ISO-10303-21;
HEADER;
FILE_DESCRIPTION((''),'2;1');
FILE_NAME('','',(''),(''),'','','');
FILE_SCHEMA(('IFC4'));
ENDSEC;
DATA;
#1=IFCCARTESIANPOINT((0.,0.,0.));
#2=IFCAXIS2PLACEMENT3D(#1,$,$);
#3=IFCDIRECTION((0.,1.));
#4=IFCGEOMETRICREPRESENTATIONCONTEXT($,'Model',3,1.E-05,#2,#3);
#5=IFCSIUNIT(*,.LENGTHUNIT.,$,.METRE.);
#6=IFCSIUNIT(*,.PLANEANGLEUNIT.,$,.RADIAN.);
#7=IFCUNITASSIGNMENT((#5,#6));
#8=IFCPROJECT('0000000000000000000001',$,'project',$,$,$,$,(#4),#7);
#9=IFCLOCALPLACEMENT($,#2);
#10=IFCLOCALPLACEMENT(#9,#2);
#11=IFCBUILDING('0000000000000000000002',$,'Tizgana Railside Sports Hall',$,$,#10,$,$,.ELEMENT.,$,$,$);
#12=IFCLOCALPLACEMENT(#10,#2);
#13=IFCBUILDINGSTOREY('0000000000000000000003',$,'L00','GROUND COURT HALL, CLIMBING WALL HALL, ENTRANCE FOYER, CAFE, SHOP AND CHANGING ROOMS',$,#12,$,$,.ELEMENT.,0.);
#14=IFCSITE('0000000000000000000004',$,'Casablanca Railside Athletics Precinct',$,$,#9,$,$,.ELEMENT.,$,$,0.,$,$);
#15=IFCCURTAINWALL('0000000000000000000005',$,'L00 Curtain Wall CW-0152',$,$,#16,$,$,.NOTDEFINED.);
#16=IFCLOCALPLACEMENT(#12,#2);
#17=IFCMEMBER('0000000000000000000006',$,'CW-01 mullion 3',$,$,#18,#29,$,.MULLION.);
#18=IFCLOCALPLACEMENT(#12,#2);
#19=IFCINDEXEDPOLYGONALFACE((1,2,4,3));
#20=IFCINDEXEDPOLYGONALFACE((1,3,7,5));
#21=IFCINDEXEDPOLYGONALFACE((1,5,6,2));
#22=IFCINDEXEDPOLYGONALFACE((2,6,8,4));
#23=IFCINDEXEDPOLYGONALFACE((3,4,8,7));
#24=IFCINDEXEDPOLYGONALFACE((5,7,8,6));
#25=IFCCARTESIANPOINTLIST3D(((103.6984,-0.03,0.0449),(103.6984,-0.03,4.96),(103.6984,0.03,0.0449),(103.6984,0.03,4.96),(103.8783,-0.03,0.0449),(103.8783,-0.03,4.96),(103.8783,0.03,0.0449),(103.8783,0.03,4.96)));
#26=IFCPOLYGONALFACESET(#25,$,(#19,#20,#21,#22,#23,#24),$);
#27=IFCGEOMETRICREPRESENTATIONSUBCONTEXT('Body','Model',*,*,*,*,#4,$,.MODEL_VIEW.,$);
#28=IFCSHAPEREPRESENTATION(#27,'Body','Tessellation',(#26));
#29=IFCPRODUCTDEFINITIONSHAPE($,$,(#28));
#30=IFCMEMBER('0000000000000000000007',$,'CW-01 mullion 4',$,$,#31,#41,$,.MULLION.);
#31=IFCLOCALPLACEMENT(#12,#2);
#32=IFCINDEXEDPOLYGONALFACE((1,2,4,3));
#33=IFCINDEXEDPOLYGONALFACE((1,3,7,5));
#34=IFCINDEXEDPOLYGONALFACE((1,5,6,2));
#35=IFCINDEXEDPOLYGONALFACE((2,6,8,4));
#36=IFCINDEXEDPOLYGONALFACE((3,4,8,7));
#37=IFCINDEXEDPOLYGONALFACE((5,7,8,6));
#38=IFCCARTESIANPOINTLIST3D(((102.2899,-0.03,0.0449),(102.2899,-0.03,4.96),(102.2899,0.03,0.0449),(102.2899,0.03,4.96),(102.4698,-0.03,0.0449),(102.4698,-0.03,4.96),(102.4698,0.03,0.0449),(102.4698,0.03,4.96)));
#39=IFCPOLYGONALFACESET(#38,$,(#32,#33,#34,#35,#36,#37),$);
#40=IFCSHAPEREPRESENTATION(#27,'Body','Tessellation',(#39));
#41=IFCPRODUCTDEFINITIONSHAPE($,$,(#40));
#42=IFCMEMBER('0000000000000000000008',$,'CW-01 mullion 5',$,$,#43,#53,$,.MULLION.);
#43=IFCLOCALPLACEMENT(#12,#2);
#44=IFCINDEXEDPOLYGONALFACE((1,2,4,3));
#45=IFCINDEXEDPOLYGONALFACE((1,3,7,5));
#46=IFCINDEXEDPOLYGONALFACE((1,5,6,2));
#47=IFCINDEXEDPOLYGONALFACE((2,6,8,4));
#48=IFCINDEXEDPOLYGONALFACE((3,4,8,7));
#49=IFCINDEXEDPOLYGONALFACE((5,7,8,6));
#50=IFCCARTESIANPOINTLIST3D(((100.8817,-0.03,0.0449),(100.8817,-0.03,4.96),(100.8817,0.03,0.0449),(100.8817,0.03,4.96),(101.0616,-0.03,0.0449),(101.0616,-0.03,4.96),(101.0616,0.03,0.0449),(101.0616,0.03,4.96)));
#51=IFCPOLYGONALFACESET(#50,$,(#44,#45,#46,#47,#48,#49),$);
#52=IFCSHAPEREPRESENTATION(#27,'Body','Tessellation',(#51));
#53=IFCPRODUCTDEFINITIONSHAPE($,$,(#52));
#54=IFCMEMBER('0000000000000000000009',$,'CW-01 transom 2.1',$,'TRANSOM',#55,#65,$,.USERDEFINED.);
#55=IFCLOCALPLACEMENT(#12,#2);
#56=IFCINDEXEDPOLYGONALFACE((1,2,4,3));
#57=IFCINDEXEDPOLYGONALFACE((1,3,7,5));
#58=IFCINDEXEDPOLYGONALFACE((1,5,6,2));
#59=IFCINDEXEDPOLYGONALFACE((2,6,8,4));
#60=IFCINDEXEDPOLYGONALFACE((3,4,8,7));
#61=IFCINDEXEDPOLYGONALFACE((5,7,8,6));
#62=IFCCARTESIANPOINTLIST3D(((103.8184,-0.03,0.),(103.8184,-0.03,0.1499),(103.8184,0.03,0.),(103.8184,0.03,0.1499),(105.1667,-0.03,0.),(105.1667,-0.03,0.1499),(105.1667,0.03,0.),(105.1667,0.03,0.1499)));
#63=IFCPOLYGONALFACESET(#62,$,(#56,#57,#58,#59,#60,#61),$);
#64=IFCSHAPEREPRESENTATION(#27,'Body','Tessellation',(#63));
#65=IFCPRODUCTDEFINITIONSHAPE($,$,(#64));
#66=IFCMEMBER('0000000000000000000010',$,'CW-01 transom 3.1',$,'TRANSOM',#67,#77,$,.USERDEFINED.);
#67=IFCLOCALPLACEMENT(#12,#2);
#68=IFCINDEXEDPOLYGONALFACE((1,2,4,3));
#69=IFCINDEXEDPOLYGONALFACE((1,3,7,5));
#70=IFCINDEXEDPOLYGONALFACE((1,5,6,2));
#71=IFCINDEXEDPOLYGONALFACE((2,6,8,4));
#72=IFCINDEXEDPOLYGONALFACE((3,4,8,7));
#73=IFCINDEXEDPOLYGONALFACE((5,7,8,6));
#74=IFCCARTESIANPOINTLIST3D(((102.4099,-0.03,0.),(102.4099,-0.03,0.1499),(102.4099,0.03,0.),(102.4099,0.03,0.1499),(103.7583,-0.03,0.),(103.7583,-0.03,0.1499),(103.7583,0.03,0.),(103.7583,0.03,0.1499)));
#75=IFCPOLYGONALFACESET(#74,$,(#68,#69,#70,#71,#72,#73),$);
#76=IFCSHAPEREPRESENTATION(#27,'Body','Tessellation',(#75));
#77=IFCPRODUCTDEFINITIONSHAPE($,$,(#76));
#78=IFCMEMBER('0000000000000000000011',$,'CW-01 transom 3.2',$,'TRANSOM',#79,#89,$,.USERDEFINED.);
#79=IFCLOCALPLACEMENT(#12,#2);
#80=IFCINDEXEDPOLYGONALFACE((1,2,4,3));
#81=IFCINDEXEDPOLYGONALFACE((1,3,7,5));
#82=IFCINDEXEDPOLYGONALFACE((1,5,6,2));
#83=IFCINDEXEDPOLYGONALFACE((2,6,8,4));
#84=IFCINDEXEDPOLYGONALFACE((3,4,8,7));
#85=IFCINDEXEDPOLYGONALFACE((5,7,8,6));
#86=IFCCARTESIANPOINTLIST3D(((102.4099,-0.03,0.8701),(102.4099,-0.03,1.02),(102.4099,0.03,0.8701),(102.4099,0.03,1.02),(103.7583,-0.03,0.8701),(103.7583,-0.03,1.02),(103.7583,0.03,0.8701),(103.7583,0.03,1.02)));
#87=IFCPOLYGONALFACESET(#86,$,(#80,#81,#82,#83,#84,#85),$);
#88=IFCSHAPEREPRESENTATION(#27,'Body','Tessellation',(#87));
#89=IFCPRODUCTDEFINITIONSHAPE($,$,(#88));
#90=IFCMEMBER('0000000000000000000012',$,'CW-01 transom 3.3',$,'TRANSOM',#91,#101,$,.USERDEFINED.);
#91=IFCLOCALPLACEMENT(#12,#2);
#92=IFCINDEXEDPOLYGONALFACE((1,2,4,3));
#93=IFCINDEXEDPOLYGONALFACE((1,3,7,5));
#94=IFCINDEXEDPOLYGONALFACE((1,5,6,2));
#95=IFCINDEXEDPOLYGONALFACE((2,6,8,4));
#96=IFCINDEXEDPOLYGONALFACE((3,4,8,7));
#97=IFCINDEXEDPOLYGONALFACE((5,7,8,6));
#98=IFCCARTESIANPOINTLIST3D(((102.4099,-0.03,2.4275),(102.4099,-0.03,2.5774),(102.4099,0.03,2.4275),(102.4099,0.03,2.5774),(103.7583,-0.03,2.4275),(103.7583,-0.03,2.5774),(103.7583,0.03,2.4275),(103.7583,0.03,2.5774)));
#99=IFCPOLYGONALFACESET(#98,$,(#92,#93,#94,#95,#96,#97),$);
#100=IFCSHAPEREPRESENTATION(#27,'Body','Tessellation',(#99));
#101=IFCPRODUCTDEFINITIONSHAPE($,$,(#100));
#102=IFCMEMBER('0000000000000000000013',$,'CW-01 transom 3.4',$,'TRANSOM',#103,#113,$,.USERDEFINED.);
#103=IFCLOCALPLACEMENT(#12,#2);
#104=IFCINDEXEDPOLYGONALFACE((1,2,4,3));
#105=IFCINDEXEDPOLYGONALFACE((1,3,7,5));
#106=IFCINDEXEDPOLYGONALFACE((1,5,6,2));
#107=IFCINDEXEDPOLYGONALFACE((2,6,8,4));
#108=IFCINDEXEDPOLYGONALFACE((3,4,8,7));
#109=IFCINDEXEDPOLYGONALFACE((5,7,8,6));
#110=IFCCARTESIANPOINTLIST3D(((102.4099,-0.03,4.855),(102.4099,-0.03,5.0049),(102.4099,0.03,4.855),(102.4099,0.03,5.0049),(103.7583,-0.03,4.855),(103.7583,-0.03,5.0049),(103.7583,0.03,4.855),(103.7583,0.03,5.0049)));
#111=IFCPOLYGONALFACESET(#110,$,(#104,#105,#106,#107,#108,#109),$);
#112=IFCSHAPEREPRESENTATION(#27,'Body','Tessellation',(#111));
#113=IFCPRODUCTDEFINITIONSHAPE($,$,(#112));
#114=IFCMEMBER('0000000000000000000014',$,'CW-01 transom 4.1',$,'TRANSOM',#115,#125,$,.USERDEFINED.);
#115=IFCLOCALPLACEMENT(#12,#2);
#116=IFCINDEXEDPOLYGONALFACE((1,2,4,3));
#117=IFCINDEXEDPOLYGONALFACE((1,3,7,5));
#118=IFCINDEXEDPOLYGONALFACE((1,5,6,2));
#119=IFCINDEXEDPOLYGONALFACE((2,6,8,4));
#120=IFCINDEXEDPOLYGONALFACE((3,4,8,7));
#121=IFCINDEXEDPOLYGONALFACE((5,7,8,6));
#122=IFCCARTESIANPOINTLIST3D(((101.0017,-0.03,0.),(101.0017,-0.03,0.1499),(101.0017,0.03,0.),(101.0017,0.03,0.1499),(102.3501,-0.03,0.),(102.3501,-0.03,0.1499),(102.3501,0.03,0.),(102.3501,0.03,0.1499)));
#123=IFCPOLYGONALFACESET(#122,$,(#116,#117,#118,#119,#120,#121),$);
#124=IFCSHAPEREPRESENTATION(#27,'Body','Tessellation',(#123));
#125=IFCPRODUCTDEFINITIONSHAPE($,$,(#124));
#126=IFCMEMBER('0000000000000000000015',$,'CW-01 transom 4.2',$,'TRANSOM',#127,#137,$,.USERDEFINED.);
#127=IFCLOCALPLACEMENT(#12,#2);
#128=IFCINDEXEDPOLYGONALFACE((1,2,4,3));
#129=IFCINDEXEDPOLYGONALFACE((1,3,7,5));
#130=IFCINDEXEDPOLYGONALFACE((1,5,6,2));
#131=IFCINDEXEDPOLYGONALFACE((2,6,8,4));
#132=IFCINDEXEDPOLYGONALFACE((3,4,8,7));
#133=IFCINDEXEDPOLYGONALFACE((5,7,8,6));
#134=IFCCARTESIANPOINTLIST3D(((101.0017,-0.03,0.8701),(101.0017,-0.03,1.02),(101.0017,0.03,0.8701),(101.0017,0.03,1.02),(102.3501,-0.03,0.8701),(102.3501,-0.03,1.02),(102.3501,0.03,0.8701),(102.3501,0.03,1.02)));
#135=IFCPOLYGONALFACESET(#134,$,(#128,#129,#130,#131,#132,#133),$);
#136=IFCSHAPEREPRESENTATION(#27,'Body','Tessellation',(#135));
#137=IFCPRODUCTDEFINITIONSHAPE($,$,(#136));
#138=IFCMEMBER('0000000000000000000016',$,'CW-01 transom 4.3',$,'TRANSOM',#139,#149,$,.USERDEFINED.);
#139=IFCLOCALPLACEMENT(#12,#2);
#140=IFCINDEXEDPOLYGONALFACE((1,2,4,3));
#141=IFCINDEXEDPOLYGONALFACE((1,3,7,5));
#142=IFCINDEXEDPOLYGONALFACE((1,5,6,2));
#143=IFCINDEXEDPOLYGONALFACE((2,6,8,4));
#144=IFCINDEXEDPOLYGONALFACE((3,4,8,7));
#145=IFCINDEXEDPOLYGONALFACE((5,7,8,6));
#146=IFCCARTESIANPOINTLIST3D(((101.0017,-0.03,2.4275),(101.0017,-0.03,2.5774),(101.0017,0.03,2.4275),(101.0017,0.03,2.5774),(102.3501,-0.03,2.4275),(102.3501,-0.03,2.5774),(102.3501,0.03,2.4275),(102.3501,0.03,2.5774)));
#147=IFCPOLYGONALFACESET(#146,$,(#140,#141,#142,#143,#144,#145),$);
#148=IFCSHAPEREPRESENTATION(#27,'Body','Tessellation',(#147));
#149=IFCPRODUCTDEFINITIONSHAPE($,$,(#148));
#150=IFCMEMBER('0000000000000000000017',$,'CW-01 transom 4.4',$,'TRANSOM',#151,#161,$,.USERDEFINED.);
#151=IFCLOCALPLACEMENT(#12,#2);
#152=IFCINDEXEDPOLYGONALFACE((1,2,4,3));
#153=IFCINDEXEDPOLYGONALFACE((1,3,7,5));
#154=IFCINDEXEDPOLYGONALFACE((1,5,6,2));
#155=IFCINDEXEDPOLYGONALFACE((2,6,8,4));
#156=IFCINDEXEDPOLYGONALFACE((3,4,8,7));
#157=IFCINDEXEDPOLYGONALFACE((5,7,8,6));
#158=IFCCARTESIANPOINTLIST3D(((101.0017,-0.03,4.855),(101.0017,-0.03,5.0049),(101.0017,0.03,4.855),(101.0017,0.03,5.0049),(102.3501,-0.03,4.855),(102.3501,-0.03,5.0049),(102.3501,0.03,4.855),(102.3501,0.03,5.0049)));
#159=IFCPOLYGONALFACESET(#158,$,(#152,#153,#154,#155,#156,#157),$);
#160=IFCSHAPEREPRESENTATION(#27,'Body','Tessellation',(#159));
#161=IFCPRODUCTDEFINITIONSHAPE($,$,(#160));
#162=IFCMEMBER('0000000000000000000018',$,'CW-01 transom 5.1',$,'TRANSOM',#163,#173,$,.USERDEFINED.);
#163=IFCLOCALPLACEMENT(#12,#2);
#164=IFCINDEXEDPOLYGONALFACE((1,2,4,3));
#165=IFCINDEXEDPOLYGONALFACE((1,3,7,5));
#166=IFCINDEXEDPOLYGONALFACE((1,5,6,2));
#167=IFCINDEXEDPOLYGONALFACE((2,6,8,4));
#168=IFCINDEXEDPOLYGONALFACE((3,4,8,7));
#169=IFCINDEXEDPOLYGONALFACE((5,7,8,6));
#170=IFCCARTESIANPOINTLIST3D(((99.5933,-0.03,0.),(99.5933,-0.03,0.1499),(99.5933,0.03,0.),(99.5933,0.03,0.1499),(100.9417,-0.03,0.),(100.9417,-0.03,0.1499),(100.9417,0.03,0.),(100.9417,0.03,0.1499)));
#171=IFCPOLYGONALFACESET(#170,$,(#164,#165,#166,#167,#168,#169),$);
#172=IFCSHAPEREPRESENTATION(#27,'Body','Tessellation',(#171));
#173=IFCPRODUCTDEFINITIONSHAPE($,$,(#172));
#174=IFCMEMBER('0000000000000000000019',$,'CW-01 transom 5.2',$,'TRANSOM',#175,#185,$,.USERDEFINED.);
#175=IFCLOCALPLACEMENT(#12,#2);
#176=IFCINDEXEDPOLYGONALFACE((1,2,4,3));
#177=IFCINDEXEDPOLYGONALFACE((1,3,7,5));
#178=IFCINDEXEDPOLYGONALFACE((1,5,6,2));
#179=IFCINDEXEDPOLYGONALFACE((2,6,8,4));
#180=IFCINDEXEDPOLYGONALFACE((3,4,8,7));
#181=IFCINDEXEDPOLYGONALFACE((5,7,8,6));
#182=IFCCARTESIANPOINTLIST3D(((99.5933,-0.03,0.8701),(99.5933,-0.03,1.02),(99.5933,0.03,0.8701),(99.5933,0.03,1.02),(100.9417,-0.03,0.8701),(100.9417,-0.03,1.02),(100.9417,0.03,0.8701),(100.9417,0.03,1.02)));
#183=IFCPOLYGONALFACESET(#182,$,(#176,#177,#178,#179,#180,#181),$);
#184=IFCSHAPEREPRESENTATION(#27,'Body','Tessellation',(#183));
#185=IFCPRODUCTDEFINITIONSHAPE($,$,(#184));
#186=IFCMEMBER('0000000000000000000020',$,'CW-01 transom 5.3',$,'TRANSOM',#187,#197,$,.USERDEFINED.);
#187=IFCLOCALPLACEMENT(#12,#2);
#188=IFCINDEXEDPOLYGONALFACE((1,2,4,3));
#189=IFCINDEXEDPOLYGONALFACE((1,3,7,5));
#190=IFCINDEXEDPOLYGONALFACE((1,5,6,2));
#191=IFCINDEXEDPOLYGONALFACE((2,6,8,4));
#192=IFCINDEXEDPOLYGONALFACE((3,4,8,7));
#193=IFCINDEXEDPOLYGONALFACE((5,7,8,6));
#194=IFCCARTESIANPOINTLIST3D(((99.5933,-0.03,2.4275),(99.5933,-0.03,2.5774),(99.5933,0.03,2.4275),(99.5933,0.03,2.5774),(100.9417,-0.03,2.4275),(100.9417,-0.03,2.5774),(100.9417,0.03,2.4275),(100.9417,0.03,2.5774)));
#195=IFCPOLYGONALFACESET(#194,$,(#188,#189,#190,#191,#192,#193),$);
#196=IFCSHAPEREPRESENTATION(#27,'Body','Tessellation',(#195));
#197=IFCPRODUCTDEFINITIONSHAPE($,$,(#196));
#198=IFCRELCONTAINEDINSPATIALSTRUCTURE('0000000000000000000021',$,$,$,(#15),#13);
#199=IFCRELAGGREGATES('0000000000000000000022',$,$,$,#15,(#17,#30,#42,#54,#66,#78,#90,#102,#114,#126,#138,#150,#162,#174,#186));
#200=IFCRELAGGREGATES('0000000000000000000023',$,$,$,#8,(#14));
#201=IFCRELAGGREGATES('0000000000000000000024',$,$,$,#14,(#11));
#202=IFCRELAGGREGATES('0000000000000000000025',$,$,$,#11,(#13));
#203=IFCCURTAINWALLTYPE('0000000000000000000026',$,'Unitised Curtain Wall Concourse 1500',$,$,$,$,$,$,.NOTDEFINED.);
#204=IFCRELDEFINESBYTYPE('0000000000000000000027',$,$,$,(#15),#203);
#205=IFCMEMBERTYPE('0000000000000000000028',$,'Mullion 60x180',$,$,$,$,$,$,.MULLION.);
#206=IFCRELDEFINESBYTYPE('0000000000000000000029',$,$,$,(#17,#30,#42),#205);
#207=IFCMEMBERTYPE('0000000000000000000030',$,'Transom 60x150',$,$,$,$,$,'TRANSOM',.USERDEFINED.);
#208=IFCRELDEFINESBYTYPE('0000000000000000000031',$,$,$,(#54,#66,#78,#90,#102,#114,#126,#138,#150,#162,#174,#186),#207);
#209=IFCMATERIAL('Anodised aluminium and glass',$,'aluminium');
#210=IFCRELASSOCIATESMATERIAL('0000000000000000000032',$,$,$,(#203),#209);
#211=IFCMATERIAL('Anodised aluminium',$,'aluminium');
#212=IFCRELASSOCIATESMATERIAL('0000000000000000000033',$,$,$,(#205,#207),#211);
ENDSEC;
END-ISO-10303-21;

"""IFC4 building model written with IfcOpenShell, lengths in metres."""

from ifc_helpers import new_model, si_unit, direction, frame, origin, origin_2d, place, context, subcontext, project, spatial, rectangle, extrude, material, material_profile, profile_set, type_object, element, aggregate, save


model = new_model("IFC4")

# Units and contexts
model_context = context("Model", 3, precision=1e-05, world=origin(), true_north=direction((0.0, 1.0)))
body_context = subcontext(model_context, "Body", "Model", "MODEL_VIEW")
ifc_project = project(units=[si_unit("LENGTHUNIT", "METRE"), si_unit("PLANEANGLEUNIT", "RADIAN")], contexts=[model_context])

# Site, building, storey
site_placement = place(None, origin())
site = spatial("IfcSite", under=ifc_project, at=site_placement, Name="Casablanca Railside Athletics Precinct", CompositionType="ELEMENT", RefElevation=0.0)
building_placement = place(site_placement, origin())
building = spatial("IfcBuilding", under=site, at=building_placement, Name="Tizgana Railside Sports Hall", CompositionType="ELEMENT")
storey_placement = place(building_placement, origin())
storey = spatial("IfcBuildingStorey", under=building, at=storey_placement, Name="L00", Description="GROUND COURT HALL, CLIMBING WALL HALL, ENTRANCE FOYER, CAFE, SHOP AND CHANGING ROOMS", CompositionType="ELEMENT", Elevation=0.0)

# Curtain wall, members
ifc_material_1 = material(Name="Anodised aluminium and glass", Category="aluminium")
curtain_wall_type = type_object("IfcCurtainWallType", Name="Unitised Curtain Wall Concourse 1500", PredefinedType="NOTDEFINED", material=ifc_material_1)
curtain_wall_placement = place(storey_placement, origin())
curtain_wall = element("IfcCurtainWall", 1, at=curtain_wall_placement, inside=storey, type_object=curtain_wall_type, Name="L00 Curtain Wall CW-0152", PredefinedType="NOTDEFINED")
ifc_material_2 = material(Name="Anodised aluminium", Category="aluminium")
ifc_material_profile_1 = material_profile(ifc_material_2, rectangle(XDim=0.0601, YDim=0.1799, at=origin_2d()), Name="Mullion 60x180")
ifc_profile_set_1 = profile_set([ifc_material_profile_1], Name="Anodised aluminium")
member_type_1 = type_object("IfcMemberType", Name="Mullion 60x180", PredefinedType="MULLION", material=ifc_profile_set_1)
member_1_placement = place(storey_placement, frame((103.7883, 0.0, 0.0449), z_axis=(0.0, 0.0, 1.0), x_axis=(0.0, -1.0, 0.0)))
member_1 = element("IfcMember", 2, at=member_1_placement, type_object=member_type_1, Name="CW-01 mullion 3", PredefinedType="MULLION", context=body_context, shape_type="SweptSolid", body=[
    extrude(rectangle(XDim=0.0601, YDim=0.1799, at=origin_2d()), origin(), (0.0, 0.0, 1.0), 4.915),
])
member_2_placement = place(storey_placement, frame((102.3799, 0.0, 0.0449), z_axis=(0.0, 0.0, 1.0), x_axis=(0.0, -1.0, 0.0)))
member_2 = element("IfcMember", 3, at=member_2_placement, type_object=member_type_1, Name="CW-01 mullion 4", PredefinedType="MULLION", context=body_context, shape_type="SweptSolid", body=[
    extrude(rectangle(XDim=0.0601, YDim=0.1799, at=origin_2d()), origin(), (0.0, 0.0, 1.0), 4.915),
])
member_3_placement = place(storey_placement, frame((100.9717, 0.0, 0.0449), z_axis=(0.0, 0.0, 1.0), x_axis=(0.0, -1.0, 0.0)))
member_3 = element("IfcMember", 4, at=member_3_placement, type_object=member_type_1, Name="CW-01 mullion 5", PredefinedType="MULLION", context=body_context, shape_type="SweptSolid", body=[
    extrude(rectangle(XDim=0.0601, YDim=0.1799, at=origin_2d()), origin(), (0.0, 0.0, 1.0), 4.915),
])
ifc_material_profile_2 = material_profile(ifc_material_2, rectangle(XDim=0.0601, YDim=0.1499, at=origin_2d()), Name="Transom 60x150")
ifc_profile_set_2 = profile_set([ifc_material_profile_2], Name="Anodised aluminium")
member_type_2 = type_object("IfcMemberType", Name="Transom 60x150", ElementType="TRANSOM", PredefinedType="USERDEFINED", material=ifc_profile_set_2)
member_4_placement = place(storey_placement, frame((105.1667, 0.0, 0.075), z_axis=(-1.0, 0.0, 0.0), x_axis=(0.0, -1.0, 0.0)))
member_4 = element("IfcMember", 5, at=member_4_placement, type_object=member_type_2, Name="CW-01 transom 2.1", ObjectType="TRANSOM", PredefinedType="USERDEFINED", context=body_context, shape_type="SweptSolid", body=[
    extrude(rectangle(XDim=0.0601, YDim=0.1499, at=origin_2d()), origin(), (0.0, 0.0, 1.0), 1.3484),
])
member_5_placement = place(storey_placement, frame((103.7583, 0.0, 0.075), z_axis=(-1.0, 0.0, 0.0), x_axis=(0.0, -1.0, 0.0)))
member_5 = element("IfcMember", 6, at=member_5_placement, type_object=member_type_2, Name="CW-01 transom 3.1", ObjectType="TRANSOM", PredefinedType="USERDEFINED", context=body_context, shape_type="SweptSolid", body=[
    extrude(rectangle(XDim=0.0601, YDim=0.1499, at=origin_2d()), origin(), (0.0, 0.0, 1.0), 1.3484),
])
member_6_placement = place(storey_placement, frame((103.7583, 0.0, 0.9451), z_axis=(-1.0, 0.0, 0.0), x_axis=(0.0, -1.0, 0.0)))
member_6 = element("IfcMember", 7, at=member_6_placement, type_object=member_type_2, Name="CW-01 transom 3.2", ObjectType="TRANSOM", PredefinedType="USERDEFINED", context=body_context, shape_type="SweptSolid", body=[
    extrude(rectangle(XDim=0.0601, YDim=0.1499, at=origin_2d()), origin(), (0.0, 0.0, 1.0), 1.3484),
])
member_7_placement = place(storey_placement, frame((103.7583, 0.0, 2.5024), z_axis=(-1.0, 0.0, 0.0), x_axis=(0.0, -1.0, 0.0)))
member_7 = element("IfcMember", 8, at=member_7_placement, type_object=member_type_2, Name="CW-01 transom 3.3", ObjectType="TRANSOM", PredefinedType="USERDEFINED", context=body_context, shape_type="SweptSolid", body=[
    extrude(rectangle(XDim=0.0601, YDim=0.1499, at=origin_2d()), origin(), (0.0, 0.0, 1.0), 1.3484),
])
member_8_placement = place(storey_placement, frame((103.7583, 0.0, 4.9299), z_axis=(-1.0, 0.0, 0.0), x_axis=(0.0, -1.0, 0.0)))
member_8 = element("IfcMember", 9, at=member_8_placement, type_object=member_type_2, Name="CW-01 transom 3.4", ObjectType="TRANSOM", PredefinedType="USERDEFINED", context=body_context, shape_type="SweptSolid", body=[
    extrude(rectangle(XDim=0.0601, YDim=0.1499, at=origin_2d()), origin(), (0.0, 0.0, 1.0), 1.3484),
])
member_9_placement = place(storey_placement, frame((102.3501, 0.0, 0.075), z_axis=(-1.0, 0.0, 0.0), x_axis=(0.0, -1.0, 0.0)))
member_9 = element("IfcMember", 10, at=member_9_placement, type_object=member_type_2, Name="CW-01 transom 4.1", ObjectType="TRANSOM", PredefinedType="USERDEFINED", context=body_context, shape_type="SweptSolid", body=[
    extrude(rectangle(XDim=0.0601, YDim=0.1499, at=origin_2d()), origin(), (0.0, 0.0, 1.0), 1.3484),
])
member_10_placement = place(storey_placement, frame((102.3501, 0.0, 0.9451), z_axis=(-1.0, 0.0, 0.0), x_axis=(0.0, -1.0, 0.0)))
member_10 = element("IfcMember", 11, at=member_10_placement, type_object=member_type_2, Name="CW-01 transom 4.2", ObjectType="TRANSOM", PredefinedType="USERDEFINED", context=body_context, shape_type="SweptSolid", body=[
    extrude(rectangle(XDim=0.0601, YDim=0.1499, at=origin_2d()), origin(), (0.0, 0.0, 1.0), 1.3484),
])
member_11_placement = place(storey_placement, frame((102.3501, 0.0, 2.5024), z_axis=(-1.0, 0.0, 0.0), x_axis=(0.0, -1.0, 0.0)))
member_11 = element("IfcMember", 12, at=member_11_placement, type_object=member_type_2, Name="CW-01 transom 4.3", ObjectType="TRANSOM", PredefinedType="USERDEFINED", context=body_context, shape_type="SweptSolid", body=[
    extrude(rectangle(XDim=0.0601, YDim=0.1499, at=origin_2d()), origin(), (0.0, 0.0, 1.0), 1.3484),
])
member_12_placement = place(storey_placement, frame((102.3501, 0.0, 4.9299), z_axis=(-1.0, 0.0, 0.0), x_axis=(0.0, -1.0, 0.0)))
member_12 = element("IfcMember", 13, at=member_12_placement, type_object=member_type_2, Name="CW-01 transom 4.4", ObjectType="TRANSOM", PredefinedType="USERDEFINED", context=body_context, shape_type="SweptSolid", body=[
    extrude(rectangle(XDim=0.0601, YDim=0.1499, at=origin_2d()), origin(), (0.0, 0.0, 1.0), 1.3484),
])
member_13_placement = place(storey_placement, frame((100.9417, 0.0, 0.075), z_axis=(-1.0, 0.0, 0.0), x_axis=(0.0, -1.0, 0.0)))
member_13 = element("IfcMember", 14, at=member_13_placement, type_object=member_type_2, Name="CW-01 transom 5.1", ObjectType="TRANSOM", PredefinedType="USERDEFINED", context=body_context, shape_type="SweptSolid", body=[
    extrude(rectangle(XDim=0.0601, YDim=0.1499, at=origin_2d()), origin(), (0.0, 0.0, 1.0), 1.3484),
])
member_14_placement = place(storey_placement, frame((100.9417, 0.0, 0.9451), z_axis=(-1.0, 0.0, 0.0), x_axis=(0.0, -1.0, 0.0)))
member_14 = element("IfcMember", 15, at=member_14_placement, type_object=member_type_2, Name="CW-01 transom 5.2", ObjectType="TRANSOM", PredefinedType="USERDEFINED", context=body_context, shape_type="SweptSolid", body=[
    extrude(rectangle(XDim=0.0601, YDim=0.1499, at=origin_2d()), origin(), (0.0, 0.0, 1.0), 1.3484),
])
member_15_placement = place(storey_placement, frame((100.9417, 0.0, 2.5024), z_axis=(-1.0, 0.0, 0.0), x_axis=(0.0, -1.0, 0.0)))
member_15 = element("IfcMember", 16, at=member_15_placement, type_object=member_type_2, Name="CW-01 transom 5.3", ObjectType="TRANSOM", PredefinedType="USERDEFINED", context=body_context, shape_type="SweptSolid", body=[
    extrude(rectangle(XDim=0.0601, YDim=0.1499, at=origin_2d()), origin(), (0.0, 0.0, 1.0), 1.3484),
])
aggregate(curtain_wall, [member_1, member_2, member_3, member_4, member_5, member_6, member_7, member_8, member_9, member_10, member_11, member_12, member_13, member_14, member_15])

save(model, "model.ifc")
